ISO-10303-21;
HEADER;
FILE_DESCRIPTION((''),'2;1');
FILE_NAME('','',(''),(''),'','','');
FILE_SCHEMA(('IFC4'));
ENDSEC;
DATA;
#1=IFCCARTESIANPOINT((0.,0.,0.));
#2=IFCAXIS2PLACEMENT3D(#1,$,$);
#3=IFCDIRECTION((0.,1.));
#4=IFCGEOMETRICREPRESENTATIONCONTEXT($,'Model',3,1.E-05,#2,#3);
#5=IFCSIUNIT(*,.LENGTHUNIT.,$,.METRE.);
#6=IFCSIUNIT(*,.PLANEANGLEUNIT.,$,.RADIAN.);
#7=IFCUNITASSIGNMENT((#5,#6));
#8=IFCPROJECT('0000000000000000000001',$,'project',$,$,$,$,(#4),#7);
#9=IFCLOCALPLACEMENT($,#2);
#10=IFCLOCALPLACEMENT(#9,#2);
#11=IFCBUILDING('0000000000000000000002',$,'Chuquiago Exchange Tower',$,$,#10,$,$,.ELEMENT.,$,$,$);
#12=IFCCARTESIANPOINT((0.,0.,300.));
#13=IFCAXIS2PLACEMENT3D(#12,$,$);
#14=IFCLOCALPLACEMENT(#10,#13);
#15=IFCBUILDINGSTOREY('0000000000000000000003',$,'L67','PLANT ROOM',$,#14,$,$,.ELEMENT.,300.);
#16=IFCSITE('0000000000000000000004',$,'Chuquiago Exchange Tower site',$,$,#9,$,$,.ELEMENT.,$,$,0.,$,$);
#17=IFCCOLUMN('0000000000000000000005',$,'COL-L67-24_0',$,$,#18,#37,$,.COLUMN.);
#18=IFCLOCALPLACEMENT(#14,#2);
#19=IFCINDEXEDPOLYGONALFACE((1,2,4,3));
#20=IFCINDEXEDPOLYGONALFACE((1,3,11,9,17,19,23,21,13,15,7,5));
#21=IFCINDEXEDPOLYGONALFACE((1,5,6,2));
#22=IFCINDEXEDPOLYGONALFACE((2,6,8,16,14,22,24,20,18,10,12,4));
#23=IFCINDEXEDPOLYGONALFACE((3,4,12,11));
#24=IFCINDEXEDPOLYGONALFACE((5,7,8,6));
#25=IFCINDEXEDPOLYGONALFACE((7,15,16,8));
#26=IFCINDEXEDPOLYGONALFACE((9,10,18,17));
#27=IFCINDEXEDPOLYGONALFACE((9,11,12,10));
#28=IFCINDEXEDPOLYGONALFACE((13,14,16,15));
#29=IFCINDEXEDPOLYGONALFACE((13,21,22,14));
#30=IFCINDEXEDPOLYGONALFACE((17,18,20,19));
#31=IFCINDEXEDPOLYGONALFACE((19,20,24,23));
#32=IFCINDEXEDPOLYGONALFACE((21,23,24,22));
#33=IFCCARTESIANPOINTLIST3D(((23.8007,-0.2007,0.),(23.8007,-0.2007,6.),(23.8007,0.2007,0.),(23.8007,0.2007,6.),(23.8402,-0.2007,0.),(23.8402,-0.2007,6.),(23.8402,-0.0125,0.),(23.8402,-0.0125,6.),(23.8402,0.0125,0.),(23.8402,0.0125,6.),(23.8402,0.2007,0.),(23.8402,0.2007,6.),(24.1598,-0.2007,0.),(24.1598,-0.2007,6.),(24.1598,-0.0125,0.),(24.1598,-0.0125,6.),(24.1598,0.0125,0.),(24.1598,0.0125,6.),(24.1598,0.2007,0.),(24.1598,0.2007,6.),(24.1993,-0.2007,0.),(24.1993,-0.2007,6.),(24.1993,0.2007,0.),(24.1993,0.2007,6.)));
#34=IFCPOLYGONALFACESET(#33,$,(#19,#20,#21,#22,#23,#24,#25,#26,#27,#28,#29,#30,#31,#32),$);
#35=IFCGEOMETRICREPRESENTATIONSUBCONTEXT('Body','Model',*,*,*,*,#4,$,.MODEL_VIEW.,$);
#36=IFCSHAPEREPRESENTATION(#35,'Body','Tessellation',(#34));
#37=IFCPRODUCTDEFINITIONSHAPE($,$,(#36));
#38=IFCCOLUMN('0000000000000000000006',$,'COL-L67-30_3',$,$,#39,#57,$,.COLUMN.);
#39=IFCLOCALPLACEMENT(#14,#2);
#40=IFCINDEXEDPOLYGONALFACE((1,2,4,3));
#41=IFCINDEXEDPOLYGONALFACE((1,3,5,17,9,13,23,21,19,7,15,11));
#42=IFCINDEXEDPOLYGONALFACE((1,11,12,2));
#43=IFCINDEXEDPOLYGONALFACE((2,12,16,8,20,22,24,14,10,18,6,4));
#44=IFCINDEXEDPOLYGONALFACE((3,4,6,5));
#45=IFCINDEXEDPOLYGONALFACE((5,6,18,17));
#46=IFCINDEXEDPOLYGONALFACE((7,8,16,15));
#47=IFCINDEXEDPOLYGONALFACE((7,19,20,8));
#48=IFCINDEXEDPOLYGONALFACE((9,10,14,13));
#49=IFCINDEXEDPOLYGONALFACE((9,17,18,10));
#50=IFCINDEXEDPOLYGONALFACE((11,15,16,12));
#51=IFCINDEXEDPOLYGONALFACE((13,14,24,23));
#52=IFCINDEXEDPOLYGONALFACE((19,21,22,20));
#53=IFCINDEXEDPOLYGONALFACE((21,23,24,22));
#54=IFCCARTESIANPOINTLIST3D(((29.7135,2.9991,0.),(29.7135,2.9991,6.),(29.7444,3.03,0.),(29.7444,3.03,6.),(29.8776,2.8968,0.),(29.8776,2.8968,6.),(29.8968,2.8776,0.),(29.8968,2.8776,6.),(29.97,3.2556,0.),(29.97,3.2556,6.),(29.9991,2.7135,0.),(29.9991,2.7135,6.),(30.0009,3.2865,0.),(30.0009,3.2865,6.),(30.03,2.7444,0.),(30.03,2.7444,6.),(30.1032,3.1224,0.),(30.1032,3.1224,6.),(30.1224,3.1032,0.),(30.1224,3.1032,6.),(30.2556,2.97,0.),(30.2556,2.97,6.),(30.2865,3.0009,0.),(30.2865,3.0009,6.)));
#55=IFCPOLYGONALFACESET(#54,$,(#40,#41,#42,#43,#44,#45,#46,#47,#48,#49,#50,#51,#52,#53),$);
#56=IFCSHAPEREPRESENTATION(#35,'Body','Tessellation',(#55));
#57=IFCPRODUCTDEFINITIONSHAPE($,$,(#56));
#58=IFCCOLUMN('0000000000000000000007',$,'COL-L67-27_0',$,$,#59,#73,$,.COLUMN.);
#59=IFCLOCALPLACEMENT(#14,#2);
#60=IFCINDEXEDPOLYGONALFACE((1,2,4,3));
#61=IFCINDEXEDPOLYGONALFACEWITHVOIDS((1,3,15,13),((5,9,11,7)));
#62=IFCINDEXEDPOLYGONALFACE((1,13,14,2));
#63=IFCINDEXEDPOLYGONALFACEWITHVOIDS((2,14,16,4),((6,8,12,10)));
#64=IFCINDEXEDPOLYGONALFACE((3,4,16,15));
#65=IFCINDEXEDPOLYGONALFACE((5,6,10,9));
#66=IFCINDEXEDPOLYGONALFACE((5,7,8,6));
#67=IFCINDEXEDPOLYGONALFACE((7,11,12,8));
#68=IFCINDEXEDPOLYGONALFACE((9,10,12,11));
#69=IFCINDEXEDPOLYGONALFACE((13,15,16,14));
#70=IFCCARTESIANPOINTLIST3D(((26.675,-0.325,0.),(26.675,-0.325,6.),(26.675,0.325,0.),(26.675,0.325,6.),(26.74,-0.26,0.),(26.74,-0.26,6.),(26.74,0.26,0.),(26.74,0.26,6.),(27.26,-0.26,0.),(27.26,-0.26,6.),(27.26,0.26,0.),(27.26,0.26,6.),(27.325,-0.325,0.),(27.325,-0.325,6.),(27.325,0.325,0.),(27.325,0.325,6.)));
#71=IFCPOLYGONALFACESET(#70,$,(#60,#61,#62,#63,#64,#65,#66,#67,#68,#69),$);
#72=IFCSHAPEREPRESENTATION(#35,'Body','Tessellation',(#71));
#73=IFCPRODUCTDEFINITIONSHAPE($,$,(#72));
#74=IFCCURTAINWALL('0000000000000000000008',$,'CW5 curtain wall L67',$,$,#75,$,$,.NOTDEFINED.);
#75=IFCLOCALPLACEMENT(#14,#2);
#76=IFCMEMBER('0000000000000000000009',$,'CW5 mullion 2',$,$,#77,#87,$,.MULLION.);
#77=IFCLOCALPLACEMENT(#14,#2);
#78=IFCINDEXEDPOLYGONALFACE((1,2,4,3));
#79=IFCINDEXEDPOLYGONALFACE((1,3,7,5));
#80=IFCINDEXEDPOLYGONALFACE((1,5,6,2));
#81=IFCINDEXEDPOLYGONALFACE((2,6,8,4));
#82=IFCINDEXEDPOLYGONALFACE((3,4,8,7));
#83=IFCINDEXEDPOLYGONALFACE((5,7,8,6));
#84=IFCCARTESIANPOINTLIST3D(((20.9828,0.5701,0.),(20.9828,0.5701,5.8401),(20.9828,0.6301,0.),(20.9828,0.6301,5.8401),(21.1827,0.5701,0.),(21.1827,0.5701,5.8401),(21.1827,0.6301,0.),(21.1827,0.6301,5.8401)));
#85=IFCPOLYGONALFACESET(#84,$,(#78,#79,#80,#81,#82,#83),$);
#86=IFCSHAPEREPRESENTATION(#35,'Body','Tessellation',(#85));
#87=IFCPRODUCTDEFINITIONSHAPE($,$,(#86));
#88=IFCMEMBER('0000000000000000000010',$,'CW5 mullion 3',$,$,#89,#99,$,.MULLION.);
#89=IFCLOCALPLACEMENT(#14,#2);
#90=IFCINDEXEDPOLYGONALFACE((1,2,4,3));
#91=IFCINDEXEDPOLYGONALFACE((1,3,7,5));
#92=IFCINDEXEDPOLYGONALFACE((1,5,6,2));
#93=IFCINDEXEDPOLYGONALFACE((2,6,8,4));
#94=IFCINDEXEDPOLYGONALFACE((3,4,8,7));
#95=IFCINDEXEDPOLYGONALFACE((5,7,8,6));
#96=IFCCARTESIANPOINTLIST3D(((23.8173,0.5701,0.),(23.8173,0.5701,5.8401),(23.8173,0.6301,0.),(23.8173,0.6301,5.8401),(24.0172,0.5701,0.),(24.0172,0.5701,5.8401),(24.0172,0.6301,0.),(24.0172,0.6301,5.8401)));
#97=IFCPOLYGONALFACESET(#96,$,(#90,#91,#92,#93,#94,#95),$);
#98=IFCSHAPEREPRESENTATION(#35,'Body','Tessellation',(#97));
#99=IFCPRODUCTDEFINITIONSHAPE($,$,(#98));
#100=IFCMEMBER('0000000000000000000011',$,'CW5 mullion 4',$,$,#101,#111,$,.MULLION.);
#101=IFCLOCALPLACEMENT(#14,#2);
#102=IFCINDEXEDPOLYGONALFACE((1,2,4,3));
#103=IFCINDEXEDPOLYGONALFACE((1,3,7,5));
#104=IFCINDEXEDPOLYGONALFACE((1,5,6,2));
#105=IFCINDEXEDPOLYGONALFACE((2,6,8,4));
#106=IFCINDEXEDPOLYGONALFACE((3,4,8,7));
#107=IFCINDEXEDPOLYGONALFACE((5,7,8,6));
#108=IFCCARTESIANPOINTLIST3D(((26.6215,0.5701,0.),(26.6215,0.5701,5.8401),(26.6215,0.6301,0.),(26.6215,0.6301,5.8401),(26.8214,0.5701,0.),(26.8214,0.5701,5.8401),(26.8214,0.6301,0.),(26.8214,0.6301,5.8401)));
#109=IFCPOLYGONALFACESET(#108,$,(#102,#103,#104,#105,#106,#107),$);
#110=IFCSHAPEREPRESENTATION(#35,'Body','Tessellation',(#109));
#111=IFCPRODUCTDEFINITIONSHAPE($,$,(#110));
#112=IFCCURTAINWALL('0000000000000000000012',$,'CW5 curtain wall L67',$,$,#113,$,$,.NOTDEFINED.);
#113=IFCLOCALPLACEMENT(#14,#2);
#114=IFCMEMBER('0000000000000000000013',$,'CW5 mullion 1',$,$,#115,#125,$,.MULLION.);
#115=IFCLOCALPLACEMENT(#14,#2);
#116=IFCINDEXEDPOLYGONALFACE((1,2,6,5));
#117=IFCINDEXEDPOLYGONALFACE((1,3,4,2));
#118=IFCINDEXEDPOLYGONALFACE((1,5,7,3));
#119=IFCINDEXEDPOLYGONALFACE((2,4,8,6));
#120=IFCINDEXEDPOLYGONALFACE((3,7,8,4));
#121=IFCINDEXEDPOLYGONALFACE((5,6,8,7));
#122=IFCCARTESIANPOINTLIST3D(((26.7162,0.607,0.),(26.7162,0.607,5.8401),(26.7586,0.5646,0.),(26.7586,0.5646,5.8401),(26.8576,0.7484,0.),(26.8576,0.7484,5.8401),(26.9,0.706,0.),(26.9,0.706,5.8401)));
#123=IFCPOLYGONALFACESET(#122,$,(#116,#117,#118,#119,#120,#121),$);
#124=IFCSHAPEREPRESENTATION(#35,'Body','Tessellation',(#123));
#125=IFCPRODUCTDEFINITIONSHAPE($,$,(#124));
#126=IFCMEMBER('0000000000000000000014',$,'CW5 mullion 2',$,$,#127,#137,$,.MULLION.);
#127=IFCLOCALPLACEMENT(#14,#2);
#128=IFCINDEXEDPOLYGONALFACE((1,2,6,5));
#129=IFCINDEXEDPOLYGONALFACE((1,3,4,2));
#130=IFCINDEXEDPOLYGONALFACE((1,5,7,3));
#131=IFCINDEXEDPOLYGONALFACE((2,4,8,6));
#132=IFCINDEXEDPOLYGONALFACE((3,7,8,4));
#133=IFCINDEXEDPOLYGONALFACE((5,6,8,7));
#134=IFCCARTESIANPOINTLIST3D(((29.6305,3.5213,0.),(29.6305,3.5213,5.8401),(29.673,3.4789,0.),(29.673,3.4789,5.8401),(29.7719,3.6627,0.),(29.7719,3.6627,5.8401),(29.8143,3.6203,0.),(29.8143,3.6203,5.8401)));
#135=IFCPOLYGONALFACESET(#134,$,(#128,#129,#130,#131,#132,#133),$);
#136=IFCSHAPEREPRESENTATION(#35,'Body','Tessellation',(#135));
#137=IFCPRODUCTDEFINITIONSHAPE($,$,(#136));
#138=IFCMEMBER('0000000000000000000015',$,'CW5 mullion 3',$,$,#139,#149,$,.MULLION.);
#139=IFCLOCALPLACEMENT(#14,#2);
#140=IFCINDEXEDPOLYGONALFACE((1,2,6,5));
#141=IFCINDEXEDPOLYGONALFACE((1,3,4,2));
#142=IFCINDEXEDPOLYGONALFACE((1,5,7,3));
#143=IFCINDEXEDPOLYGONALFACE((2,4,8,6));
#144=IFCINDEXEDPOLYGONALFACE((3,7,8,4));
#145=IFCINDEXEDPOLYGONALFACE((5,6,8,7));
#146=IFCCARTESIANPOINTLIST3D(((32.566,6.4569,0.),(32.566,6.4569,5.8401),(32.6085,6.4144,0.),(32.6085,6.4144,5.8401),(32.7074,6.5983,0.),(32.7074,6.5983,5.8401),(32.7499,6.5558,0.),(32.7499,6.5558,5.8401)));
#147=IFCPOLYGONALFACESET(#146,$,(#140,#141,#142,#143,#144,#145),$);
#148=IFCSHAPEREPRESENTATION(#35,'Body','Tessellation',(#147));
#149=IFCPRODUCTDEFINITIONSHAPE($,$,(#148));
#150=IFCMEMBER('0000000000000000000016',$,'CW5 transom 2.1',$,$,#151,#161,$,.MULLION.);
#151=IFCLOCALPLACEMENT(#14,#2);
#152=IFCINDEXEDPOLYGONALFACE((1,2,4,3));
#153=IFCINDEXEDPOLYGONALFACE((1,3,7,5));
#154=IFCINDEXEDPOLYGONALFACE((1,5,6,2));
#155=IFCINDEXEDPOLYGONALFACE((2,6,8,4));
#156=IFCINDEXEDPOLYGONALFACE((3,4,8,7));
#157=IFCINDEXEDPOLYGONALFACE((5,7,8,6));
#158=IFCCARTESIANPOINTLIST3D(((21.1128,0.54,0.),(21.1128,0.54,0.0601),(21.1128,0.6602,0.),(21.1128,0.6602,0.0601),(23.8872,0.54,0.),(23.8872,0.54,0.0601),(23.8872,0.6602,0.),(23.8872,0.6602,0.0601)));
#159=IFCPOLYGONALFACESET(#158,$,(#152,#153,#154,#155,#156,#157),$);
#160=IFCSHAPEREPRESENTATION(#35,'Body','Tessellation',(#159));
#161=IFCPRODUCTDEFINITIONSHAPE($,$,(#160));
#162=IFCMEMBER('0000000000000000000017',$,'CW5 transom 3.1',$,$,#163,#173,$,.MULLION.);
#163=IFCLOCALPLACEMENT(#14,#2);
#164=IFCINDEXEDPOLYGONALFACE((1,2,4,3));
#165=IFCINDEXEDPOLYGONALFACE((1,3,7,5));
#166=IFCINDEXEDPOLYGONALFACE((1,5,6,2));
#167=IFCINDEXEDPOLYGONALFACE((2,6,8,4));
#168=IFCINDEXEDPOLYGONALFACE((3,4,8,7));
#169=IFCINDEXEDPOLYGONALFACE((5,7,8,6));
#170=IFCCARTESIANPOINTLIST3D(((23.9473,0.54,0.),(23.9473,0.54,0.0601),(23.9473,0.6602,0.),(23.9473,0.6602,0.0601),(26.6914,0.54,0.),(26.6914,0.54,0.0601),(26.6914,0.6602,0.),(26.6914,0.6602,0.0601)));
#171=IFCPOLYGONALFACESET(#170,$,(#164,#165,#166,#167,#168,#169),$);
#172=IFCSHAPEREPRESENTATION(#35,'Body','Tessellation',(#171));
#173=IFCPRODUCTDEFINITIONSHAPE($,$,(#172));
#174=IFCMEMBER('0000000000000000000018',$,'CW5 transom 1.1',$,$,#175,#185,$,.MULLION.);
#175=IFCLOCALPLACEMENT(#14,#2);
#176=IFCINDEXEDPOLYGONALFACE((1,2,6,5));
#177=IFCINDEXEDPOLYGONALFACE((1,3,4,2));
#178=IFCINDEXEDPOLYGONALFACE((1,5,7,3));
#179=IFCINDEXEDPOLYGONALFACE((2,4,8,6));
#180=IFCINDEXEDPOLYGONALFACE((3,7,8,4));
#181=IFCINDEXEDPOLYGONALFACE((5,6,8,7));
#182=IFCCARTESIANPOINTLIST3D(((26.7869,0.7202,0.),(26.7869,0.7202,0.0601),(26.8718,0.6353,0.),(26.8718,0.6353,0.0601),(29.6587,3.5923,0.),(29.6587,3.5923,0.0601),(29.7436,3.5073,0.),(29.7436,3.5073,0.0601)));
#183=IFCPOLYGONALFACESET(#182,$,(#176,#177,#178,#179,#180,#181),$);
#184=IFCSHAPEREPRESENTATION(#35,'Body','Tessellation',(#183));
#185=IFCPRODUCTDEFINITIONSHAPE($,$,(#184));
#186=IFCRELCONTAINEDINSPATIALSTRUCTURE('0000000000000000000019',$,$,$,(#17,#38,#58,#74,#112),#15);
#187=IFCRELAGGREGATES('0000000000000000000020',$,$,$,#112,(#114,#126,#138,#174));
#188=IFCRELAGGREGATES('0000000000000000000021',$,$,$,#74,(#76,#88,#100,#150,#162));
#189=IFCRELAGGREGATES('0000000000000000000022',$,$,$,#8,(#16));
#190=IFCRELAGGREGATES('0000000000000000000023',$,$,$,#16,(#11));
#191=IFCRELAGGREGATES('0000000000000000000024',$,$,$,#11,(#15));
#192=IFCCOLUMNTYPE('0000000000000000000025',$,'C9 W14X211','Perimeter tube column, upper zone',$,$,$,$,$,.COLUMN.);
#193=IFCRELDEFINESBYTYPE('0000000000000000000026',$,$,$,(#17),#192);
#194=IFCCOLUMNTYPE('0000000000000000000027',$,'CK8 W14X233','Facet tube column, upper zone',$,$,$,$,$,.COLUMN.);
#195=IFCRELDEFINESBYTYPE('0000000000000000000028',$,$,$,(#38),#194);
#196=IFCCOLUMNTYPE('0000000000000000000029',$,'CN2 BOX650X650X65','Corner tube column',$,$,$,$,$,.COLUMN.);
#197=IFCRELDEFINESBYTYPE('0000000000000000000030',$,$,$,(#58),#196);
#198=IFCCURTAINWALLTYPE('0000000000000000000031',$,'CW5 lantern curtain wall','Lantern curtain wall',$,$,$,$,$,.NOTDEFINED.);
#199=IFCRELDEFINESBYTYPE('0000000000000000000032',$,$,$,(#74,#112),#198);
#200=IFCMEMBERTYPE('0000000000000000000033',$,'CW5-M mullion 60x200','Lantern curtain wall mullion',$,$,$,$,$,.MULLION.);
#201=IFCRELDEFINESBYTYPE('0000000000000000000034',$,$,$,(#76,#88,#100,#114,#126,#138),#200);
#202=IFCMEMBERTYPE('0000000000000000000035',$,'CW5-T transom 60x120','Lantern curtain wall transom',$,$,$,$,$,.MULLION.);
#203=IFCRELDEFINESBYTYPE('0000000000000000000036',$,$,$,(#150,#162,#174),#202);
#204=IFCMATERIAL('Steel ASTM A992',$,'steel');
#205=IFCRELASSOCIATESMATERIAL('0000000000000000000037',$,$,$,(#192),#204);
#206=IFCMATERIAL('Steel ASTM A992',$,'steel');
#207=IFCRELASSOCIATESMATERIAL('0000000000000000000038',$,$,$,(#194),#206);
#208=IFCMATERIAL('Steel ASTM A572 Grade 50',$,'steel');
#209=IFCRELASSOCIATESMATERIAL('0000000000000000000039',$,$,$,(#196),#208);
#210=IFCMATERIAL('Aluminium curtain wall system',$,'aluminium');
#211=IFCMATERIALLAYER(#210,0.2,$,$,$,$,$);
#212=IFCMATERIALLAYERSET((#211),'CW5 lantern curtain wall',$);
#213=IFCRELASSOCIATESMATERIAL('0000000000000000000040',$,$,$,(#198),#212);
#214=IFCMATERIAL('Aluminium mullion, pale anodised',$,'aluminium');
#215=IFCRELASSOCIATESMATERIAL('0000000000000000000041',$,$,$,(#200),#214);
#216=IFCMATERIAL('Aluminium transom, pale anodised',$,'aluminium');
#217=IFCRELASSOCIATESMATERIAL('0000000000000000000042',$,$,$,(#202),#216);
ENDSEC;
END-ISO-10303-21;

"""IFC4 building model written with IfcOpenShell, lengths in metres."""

from ifc_helpers import new_model, si_unit, direction, frame, origin, origin_2d, place, context, subcontext, project, spatial, rectangle, hollow_rectangle, i_section, extrude, material, layer, layer_set, material_profile, profile_set, type_object, element, aggregate, save


model = new_model("IFC4")

# Units and contexts
model_context = context("Model", 3, precision=1e-05, world=origin(), true_north=direction((0.0, 1.0)))
body_context = subcontext(model_context, "Body", "Model", "MODEL_VIEW")
ifc_project = project(units=[si_unit("LENGTHUNIT", "METRE"), si_unit("PLANEANGLEUNIT", "RADIAN")], contexts=[model_context])

# Site, building, storey
site_placement = place(None, origin())
site = spatial("IfcSite", under=ifc_project, at=site_placement, Name="Chuquiago Exchange Tower site", CompositionType="ELEMENT", RefElevation=0.0)
building_placement = place(site_placement, origin())
building = spatial("IfcBuilding", under=site, at=building_placement, Name="Chuquiago Exchange Tower", CompositionType="ELEMENT")
storey_placement = place(building_placement, frame((0.0, 0.0, 300.0)))
storey = spatial("IfcBuildingStorey", under=building, at=storey_placement, Name="L67", Description="PLANT ROOM", CompositionType="ELEMENT", Elevation=300.0)

# Columns
ifc_material_1 = material(Name="Steel ASTM A992", Category="steel")
ifc_material_profile_1 = material_profile(ifc_material_1, i_section(OverallWidth=0.4014, OverallDepth=0.3987, WebThickness=0.0249, FlangeThickness=0.0396, at=origin_2d()), Name="W14X211")
ifc_profile_set_1 = profile_set([ifc_material_profile_1], Name="Steel ASTM A992")
column_type_1 = type_object("IfcColumnType", Name="C9 W14X211", Description="Perimeter tube column, upper zone", PredefinedType="COLUMN", material=ifc_profile_set_1)
column_1_placement = place(storey_placement, frame((24.0, 0.0, 0.0), z_axis=(0.0, 0.0, 1.0), x_axis=(0.0, -1.0, 0.0)))
element("IfcColumn", 1, at=column_1_placement, inside=storey, type_object=column_type_1, Name="COL-L67-24_0", PredefinedType="COLUMN", context=body_context, shape_type="SweptSolid", body=[
    extrude(i_section(OverallWidth=0.4014, OverallDepth=0.3987, WebThickness=0.0249, FlangeThickness=0.0396, at=origin_2d()), origin(), (0.0, 0.0, 1.0), 6.0),
])
ifc_material_2 = material(Name="Steel ASTM A992", Category="steel")
ifc_material_profile_2 = material_profile(ifc_material_2, i_section(OverallWidth=0.4038, OverallDepth=0.4065, WebThickness=0.0271, FlangeThickness=0.0437, at=origin_2d()), Name="W14X233")
ifc_profile_set_2 = profile_set([ifc_material_profile_2], Name="Steel ASTM A992")
column_type_2 = type_object("IfcColumnType", Name="CK8 W14X233", Description="Facet tube column, upper zone", PredefinedType="COLUMN", material=ifc_profile_set_2)
column_2_placement = place(storey_placement, frame((30.0, 3.0, 0.0), z_axis=(0.0, 0.0, 1.0), x_axis=(0.707107, -0.707107, 0.0)))
element("IfcColumn", 2, at=column_2_placement, inside=storey, type_object=column_type_2, Name="COL-L67-30_3", PredefinedType="COLUMN", context=body_context, shape_type="SweptSolid", body=[
    extrude(i_section(OverallWidth=0.4038, OverallDepth=0.4065, WebThickness=0.0271, FlangeThickness=0.0437, at=origin_2d()), origin(), (0.0, 0.0, 1.0), 6.0),
])
ifc_material_3 = material(Name="Steel ASTM A572 Grade 50", Category="steel")
ifc_material_profile_3 = material_profile(ifc_material_3, hollow_rectangle(XDim=0.6499, YDim=0.6499, WallThickness=0.0649, at=origin_2d()), Name="BOX650X650X65")
ifc_profile_set_3 = profile_set([ifc_material_profile_3], Name="Steel ASTM A572 Grade 50")
column_type_3 = type_object("IfcColumnType", Name="CN2 BOX650X650X65", Description="Corner tube column", PredefinedType="COLUMN", material=ifc_profile_set_3)
column_3_placement = place(storey_placement, frame((27.0, 0.0, 0.0), z_axis=(0.0, 0.0, 1.0), x_axis=(0.0, -1.0, 0.0)))
element("IfcColumn", 3, at=column_3_placement, inside=storey, type_object=column_type_3, Name="COL-L67-27_0", PredefinedType="COLUMN", context=body_context, shape_type="SweptSolid", body=[
    extrude(hollow_rectangle(XDim=0.6499, YDim=0.6499, WallThickness=0.0649, at=origin_2d()), origin(), (0.0, 0.0, 1.0), 6.0),
])

# Curtain walls, members
ifc_material_4 = material(Name="Aluminium curtain wall system", Category="aluminium")
ifc_layer_1 = layer(ifc_material_4, 0.2)
ifc_layer_set_1 = layer_set([ifc_layer_1], Name="CW5 lantern curtain wall")
curtain_wall_type = type_object("IfcCurtainWallType", Name="CW5 lantern curtain wall", Description="Lantern curtain wall", PredefinedType="NOTDEFINED", material=ifc_layer_set_1)
curtain_wall_1_placement = place(storey_placement, origin())
curtain_wall_1 = element("IfcCurtainWall", 4, at=curtain_wall_1_placement, inside=storey, type_object=curtain_wall_type, Name="CW5 curtain wall L67", PredefinedType="NOTDEFINED")
ifc_material_5 = material(Name="Aluminium mullion, pale anodised", Category="aluminium")
ifc_material_profile_4 = material_profile(ifc_material_5, rectangle(XDim=0.0601, YDim=0.2, at=origin_2d()), Name="AL 60x200")
ifc_profile_set_4 = profile_set([ifc_material_profile_4], Name="Aluminium mullion, pale anodised")
member_type_1 = type_object("IfcMemberType", Name="CW5-M mullion 60x200", Description="Lantern curtain wall mullion", PredefinedType="MULLION", material=ifc_profile_set_4)
member_1_placement = place(storey_placement, frame((21.0828, 0.6001, 0.0), z_axis=(0.0, 0.0, 1.0), x_axis=(0.0, 1.0, 0.0)))
member_1 = element("IfcMember", 5, at=member_1_placement, type_object=member_type_1, Name="CW5 mullion 2", PredefinedType="MULLION", context=body_context, shape_type="SweptSolid", body=[
    extrude(rectangle(XDim=0.0601, YDim=0.2, at=origin_2d()), origin(), (0.0, 0.0, 1.0), 5.8401),
])
member_2_placement = place(storey_placement, frame((23.9172, 0.6001, 0.0), z_axis=(0.0, 0.0, 1.0), x_axis=(0.0, 1.0, 0.0)))
member_2 = element("IfcMember", 6, at=member_2_placement, type_object=member_type_1, Name="CW5 mullion 3", PredefinedType="MULLION", context=body_context, shape_type="SweptSolid", body=[
    extrude(rectangle(XDim=0.0601, YDim=0.2, at=origin_2d()), origin(), (0.0, 0.0, 1.0), 5.8401),
])
member_3_placement = place(storey_placement, frame((26.7214, 0.6001, 0.0), z_axis=(0.0, 0.0, 1.0), x_axis=(0.0, 1.0, 0.0)))
member_3 = element("IfcMember", 7, at=member_3_placement, type_object=member_type_1, Name="CW5 mullion 4", PredefinedType="MULLION", context=body_context, shape_type="SweptSolid", body=[
    extrude(rectangle(XDim=0.0601, YDim=0.2, at=origin_2d()), origin(), (0.0, 0.0, 1.0), 5.8401),
])
curtain_wall_2_placement = place(storey_placement, origin())
curtain_wall_2 = element("IfcCurtainWall", 8, at=curtain_wall_2_placement, inside=storey, type_object=curtain_wall_type, Name="CW5 curtain wall L67", PredefinedType="NOTDEFINED")
member_4_placement = place(storey_placement, frame((26.8081, 0.6565, 0.0), z_axis=(0.0, 0.0, 1.0), x_axis=(-0.707105, 0.707109, 0.0)))
member_4 = element("IfcMember", 9, at=member_4_placement, type_object=member_type_1, Name="CW5 mullion 1", PredefinedType="MULLION", context=body_context, shape_type="SweptSolid", body=[
    extrude(rectangle(XDim=0.0601, YDim=0.2, at=origin_2d()), origin(), (0.0, 0.0, 1.0), 5.8401),
])
member_5_placement = place(storey_placement, frame((29.7224, 3.5708, 0.0), z_axis=(0.0, 0.0, 1.0), x_axis=(-0.707105, 0.707109, 0.0)))
member_5 = element("IfcMember", 10, at=member_5_placement, type_object=member_type_1, Name="CW5 mullion 2", PredefinedType="MULLION", context=body_context, shape_type="SweptSolid", body=[
    extrude(rectangle(XDim=0.0601, YDim=0.2, at=origin_2d()), origin(), (0.0, 0.0, 1.0), 5.8401),
])
member_6_placement = place(storey_placement, frame((32.658, 6.5063, 0.0), z_axis=(0.0, 0.0, 1.0), x_axis=(-0.707105, 0.707109, 0.0)))
member_6 = element("IfcMember", 11, at=member_6_placement, type_object=member_type_1, Name="CW5 mullion 3", PredefinedType="MULLION", context=body_context, shape_type="SweptSolid", body=[
    extrude(rectangle(XDim=0.0601, YDim=0.2, at=origin_2d()), origin(), (0.0, 0.0, 1.0), 5.8401),
])

# Members
ifc_material_6 = material(Name="Aluminium transom, pale anodised", Category="aluminium")
ifc_material_profile_5 = material_profile(ifc_material_6, rectangle(XDim=0.1201, YDim=0.0601, at=origin_2d()), Name="AL 120x60")
ifc_profile_set_5 = profile_set([ifc_material_profile_5], Name="Aluminium transom, pale anodised")
member_type_2 = type_object("IfcMemberType", Name="CW5-T transom 60x120", Description="Lantern curtain wall transom", PredefinedType="MULLION", material=ifc_profile_set_5)
member_7_placement = place(storey_placement, frame((21.1128, 0.6001, 0.03), z_axis=(1.0, 0.0, 0.0), x_axis=(0.0, 1.0, 0.0)))
member_7 = element("IfcMember", 12, at=member_7_placement, type_object=member_type_2, Name="CW5 transom 2.1", PredefinedType="MULLION", context=body_context, shape_type="SweptSolid", body=[
    extrude(rectangle(XDim=0.1201, YDim=0.0601, at=origin_2d()), origin(), (0.0, 0.0, 1.0), 2.7744),
])
member_8_placement = place(storey_placement, frame((23.9473, 0.6001, 0.03), z_axis=(1.0, 0.0, 0.0), x_axis=(0.0, 1.0, 0.0)))
member_8 = element("IfcMember", 13, at=member_8_placement, type_object=member_type_2, Name="CW5 transom 3.1", PredefinedType="MULLION", context=body_context, shape_type="SweptSolid", body=[
    extrude(rectangle(XDim=0.1201, YDim=0.0601, at=origin_2d()), origin(), (0.0, 0.0, 1.0), 2.7441),
])
member_9_placement = place(storey_placement, frame((26.8293, 0.6777, 0.03), z_axis=(0.707077, 0.707137, 0.0), x_axis=(-0.707137, 0.707077, 0.0)))
member_9 = element("IfcMember", 14, at=member_9_placement, type_object=member_type_2, Name="CW5 transom 1.1", PredefinedType="MULLION", context=body_context, shape_type="SweptSolid", body=[
    extrude(rectangle(XDim=0.1201, YDim=0.0601, at=origin_2d()), origin(), (0.0, 0.0, 1.0), 4.0615),
])

aggregate(curtain_wall_2, [member_4, member_5, member_6, member_9])
aggregate(curtain_wall_1, [member_1, member_2, member_3, member_7, member_8])

save(model, "model.ifc")
